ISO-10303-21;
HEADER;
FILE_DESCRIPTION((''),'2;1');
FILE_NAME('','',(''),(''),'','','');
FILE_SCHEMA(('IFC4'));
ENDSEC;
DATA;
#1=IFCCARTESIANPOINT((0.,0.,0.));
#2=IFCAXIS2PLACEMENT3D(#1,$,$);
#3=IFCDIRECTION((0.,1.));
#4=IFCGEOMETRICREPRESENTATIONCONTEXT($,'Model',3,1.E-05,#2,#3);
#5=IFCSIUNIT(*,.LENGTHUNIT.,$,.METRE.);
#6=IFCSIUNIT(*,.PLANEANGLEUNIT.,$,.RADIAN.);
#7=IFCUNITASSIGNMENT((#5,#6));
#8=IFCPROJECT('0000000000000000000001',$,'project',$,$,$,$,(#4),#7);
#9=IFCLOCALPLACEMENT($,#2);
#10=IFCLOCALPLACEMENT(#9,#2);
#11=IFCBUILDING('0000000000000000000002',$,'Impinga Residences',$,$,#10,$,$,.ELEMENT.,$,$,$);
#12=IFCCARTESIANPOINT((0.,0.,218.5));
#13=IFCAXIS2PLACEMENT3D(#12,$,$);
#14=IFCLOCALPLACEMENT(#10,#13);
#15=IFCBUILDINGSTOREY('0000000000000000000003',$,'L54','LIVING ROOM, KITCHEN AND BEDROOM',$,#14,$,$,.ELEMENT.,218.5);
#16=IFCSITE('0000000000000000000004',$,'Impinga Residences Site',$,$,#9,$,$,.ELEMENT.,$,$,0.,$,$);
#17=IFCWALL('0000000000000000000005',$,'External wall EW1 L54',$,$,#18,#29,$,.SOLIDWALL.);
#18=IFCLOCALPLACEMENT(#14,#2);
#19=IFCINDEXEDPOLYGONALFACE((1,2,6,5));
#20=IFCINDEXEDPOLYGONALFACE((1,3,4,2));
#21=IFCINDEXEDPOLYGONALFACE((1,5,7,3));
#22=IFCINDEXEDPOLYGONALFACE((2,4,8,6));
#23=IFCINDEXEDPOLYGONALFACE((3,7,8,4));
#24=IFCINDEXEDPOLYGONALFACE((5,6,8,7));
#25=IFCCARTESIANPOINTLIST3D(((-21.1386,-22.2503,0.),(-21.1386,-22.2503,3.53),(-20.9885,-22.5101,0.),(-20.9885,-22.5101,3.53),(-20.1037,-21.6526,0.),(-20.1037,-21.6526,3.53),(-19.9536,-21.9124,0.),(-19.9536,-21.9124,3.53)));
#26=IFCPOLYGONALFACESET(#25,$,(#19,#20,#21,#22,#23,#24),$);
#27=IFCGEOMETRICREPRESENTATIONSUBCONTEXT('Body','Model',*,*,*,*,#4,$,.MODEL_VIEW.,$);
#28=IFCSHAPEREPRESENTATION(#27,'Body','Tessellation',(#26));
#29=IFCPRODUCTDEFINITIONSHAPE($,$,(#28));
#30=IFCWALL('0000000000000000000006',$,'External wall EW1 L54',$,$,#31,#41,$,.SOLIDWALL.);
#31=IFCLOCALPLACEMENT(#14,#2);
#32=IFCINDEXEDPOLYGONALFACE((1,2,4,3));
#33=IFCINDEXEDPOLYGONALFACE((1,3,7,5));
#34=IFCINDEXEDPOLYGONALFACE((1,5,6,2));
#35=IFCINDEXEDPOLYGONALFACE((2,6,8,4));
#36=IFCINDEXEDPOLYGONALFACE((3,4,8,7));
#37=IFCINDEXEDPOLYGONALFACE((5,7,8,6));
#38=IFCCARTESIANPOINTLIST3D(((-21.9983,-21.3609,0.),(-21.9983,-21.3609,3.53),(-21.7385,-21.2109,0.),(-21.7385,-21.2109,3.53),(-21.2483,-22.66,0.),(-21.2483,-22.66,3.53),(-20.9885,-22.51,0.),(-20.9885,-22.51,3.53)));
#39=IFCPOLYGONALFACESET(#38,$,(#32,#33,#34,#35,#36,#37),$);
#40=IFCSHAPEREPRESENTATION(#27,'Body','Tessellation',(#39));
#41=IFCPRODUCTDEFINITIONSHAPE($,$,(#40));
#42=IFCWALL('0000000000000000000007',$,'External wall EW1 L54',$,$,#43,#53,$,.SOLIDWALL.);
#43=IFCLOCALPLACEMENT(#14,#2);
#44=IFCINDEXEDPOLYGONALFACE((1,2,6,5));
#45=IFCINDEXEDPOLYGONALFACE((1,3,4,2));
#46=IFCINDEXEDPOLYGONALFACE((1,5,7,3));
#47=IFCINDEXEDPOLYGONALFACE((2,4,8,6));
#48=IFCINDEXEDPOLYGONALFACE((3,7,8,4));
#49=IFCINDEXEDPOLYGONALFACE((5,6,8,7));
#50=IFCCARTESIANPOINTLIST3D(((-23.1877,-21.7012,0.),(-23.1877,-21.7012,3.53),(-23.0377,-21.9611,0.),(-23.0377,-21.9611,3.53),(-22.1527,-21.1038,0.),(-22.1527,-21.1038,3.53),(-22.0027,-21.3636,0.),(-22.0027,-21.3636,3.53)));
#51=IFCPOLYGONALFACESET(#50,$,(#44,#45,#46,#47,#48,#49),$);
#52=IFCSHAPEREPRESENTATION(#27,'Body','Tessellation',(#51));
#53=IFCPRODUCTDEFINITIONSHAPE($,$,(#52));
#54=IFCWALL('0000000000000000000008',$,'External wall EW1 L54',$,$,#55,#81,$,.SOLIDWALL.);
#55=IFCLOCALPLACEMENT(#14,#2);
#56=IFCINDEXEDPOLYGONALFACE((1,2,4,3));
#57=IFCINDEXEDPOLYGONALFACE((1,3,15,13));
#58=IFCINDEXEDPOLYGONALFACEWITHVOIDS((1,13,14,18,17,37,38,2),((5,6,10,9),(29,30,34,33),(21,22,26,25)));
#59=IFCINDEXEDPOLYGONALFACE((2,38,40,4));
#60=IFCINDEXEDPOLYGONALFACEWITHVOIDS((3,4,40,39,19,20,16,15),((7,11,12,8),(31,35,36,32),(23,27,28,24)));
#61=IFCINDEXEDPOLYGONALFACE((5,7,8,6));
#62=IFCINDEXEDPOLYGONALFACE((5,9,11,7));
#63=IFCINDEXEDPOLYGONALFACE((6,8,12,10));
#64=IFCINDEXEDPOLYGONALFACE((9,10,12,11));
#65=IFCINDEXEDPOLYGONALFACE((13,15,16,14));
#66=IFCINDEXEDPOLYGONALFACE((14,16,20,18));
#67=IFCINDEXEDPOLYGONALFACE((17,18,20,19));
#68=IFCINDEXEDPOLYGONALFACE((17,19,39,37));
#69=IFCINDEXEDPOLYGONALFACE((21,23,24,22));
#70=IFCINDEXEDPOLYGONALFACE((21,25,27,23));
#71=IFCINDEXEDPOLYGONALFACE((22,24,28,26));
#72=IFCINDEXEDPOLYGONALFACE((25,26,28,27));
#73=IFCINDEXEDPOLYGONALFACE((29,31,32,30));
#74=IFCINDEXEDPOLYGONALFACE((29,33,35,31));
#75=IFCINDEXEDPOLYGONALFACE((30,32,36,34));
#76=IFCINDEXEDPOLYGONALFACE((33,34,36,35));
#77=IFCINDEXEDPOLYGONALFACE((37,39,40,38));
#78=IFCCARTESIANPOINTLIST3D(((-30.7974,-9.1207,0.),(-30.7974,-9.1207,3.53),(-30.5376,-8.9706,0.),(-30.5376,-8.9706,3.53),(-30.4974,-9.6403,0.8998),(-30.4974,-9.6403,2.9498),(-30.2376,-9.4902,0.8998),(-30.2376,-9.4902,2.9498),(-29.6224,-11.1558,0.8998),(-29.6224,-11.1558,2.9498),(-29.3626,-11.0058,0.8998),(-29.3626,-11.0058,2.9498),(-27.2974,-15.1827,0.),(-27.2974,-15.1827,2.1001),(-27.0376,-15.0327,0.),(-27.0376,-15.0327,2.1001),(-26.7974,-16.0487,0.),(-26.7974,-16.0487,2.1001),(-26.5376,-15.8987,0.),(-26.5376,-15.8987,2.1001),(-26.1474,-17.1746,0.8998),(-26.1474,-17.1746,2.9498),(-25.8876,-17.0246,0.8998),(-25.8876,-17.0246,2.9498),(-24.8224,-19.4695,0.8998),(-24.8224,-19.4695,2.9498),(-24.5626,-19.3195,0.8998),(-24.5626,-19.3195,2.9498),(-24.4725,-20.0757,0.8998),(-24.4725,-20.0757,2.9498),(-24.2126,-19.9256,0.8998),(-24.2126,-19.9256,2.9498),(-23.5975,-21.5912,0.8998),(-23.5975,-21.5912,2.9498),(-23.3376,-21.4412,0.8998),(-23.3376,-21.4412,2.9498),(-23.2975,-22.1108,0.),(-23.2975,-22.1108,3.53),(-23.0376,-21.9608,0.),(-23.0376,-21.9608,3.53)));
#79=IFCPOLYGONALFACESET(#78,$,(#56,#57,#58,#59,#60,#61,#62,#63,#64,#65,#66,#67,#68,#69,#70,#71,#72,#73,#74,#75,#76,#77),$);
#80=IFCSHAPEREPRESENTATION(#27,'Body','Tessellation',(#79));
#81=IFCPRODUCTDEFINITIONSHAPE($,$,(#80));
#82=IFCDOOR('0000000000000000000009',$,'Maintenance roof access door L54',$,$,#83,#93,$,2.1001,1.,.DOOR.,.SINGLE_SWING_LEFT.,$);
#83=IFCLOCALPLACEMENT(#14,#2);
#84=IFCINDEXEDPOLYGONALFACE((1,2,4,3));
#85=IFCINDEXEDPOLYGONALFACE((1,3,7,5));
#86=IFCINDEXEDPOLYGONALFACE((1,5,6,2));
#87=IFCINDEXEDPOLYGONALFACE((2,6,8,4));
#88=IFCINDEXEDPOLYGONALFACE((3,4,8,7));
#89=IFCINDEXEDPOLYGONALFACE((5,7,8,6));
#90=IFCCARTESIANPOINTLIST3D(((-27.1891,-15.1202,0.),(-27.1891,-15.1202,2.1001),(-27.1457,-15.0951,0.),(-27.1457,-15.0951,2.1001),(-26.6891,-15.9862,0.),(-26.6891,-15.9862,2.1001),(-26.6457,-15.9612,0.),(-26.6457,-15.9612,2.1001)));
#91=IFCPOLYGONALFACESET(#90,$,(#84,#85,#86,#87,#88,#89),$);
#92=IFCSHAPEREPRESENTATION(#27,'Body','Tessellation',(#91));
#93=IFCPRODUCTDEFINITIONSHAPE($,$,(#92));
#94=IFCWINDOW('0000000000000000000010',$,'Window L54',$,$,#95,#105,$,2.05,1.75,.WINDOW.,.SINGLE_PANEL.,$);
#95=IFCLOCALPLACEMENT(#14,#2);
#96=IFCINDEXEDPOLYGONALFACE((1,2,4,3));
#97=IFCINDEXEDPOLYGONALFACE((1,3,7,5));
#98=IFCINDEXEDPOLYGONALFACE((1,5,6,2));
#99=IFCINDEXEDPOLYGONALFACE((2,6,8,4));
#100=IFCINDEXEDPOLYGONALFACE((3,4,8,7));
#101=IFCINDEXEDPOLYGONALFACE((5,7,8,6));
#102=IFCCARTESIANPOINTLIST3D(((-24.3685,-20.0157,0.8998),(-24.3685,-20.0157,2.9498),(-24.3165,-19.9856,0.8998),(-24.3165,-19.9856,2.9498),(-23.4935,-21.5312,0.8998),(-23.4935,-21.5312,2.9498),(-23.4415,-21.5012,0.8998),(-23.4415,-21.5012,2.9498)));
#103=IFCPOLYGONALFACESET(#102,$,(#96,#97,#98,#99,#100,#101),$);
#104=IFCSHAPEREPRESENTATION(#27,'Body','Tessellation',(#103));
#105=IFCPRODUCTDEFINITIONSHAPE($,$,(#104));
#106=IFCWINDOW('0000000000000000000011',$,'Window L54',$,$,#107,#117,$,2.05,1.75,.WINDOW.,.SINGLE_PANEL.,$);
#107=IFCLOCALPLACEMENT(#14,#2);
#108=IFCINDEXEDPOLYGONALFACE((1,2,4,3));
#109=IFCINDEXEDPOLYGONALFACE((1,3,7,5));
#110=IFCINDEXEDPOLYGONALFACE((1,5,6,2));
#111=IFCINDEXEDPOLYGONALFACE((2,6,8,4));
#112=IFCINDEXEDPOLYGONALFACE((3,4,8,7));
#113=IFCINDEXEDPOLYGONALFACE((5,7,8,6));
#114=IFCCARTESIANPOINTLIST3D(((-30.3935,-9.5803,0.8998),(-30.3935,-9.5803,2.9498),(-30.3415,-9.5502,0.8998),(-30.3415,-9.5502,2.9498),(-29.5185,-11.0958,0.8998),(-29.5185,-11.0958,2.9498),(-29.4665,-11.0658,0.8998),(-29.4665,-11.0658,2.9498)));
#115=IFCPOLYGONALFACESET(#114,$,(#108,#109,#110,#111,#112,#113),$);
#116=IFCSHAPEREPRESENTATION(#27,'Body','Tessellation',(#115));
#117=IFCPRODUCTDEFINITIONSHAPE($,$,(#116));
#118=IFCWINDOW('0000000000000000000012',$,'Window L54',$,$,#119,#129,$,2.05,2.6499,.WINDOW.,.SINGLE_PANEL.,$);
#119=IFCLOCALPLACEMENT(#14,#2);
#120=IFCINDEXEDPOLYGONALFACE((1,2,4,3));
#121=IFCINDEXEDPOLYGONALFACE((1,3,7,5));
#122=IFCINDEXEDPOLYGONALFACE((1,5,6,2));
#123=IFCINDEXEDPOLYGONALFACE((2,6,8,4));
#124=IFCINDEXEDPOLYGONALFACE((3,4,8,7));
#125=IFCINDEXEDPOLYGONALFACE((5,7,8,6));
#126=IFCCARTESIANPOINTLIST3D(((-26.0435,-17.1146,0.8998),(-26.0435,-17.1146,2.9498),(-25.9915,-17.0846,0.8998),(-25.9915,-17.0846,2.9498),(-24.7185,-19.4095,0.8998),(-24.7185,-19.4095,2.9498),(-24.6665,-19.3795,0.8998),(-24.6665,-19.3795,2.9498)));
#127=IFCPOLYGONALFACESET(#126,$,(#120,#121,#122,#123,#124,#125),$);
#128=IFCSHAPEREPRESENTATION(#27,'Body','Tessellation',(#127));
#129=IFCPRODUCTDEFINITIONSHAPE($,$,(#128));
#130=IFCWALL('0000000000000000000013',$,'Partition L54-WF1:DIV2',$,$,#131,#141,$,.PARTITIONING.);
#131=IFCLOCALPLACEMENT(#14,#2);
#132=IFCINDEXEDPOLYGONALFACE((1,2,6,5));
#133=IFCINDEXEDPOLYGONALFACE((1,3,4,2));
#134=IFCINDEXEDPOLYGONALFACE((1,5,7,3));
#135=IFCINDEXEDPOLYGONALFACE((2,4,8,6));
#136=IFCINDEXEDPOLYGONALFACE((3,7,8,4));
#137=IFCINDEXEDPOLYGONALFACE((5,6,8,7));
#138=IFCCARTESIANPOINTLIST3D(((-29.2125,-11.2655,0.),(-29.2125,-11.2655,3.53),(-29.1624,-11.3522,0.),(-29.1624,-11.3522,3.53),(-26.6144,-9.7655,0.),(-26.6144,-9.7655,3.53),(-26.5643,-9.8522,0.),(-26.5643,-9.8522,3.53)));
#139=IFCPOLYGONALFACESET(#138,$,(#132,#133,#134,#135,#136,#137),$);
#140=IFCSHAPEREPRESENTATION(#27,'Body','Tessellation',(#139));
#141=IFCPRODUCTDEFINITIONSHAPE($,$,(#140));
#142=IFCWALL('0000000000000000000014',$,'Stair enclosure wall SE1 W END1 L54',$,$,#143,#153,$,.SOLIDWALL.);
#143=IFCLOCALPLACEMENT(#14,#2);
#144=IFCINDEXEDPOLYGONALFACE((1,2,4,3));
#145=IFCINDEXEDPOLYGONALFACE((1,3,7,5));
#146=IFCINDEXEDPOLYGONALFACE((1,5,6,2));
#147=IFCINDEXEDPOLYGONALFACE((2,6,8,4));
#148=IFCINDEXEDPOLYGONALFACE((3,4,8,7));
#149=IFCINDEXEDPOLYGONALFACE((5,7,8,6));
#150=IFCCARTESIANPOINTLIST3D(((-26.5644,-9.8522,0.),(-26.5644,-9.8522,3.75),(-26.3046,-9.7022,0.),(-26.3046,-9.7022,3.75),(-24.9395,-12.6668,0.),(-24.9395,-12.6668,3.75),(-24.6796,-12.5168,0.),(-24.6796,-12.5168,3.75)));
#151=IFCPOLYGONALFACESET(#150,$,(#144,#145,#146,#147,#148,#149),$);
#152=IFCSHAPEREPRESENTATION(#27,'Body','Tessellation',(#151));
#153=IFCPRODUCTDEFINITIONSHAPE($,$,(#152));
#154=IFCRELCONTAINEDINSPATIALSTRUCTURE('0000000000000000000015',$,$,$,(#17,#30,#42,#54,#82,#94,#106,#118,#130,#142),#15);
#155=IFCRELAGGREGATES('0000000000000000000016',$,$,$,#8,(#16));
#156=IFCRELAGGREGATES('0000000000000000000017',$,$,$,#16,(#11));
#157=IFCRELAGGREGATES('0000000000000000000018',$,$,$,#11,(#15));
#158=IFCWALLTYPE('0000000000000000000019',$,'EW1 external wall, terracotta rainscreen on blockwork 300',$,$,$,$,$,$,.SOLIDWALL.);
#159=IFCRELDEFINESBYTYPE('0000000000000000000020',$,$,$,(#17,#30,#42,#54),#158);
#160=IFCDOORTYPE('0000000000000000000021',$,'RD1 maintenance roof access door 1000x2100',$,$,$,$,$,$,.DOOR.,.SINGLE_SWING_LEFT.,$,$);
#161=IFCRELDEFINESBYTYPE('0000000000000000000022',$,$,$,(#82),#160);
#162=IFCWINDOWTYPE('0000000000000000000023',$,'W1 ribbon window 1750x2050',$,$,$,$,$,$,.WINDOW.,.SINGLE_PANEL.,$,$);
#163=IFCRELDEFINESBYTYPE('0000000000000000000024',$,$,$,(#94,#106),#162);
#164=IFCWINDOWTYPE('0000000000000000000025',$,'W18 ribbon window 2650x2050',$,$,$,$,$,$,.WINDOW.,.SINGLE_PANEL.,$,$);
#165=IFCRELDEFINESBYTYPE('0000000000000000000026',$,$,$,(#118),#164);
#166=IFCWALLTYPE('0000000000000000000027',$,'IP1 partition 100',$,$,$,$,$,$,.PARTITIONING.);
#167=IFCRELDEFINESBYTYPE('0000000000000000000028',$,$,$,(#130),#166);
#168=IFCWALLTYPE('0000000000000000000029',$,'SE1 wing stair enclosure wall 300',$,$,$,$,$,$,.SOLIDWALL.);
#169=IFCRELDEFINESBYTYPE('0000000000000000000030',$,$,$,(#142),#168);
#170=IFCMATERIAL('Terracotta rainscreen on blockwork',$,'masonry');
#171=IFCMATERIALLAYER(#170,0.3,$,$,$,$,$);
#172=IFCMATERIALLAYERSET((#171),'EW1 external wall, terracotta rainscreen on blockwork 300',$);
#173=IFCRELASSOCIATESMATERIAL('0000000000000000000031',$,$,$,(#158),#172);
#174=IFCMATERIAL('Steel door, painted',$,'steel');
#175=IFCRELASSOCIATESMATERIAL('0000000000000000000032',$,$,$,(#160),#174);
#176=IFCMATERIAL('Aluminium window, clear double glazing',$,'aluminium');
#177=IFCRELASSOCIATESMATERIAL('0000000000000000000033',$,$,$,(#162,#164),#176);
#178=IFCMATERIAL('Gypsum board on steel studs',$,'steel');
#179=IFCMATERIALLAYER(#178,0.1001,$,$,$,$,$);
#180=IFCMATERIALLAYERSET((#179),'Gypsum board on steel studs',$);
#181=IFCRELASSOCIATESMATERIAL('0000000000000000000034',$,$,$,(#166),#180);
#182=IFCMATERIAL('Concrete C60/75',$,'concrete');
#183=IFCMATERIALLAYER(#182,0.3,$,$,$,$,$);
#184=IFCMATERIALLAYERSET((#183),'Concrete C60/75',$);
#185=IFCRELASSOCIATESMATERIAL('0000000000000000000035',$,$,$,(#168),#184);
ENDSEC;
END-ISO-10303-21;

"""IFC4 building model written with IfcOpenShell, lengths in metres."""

from ifc_helpers import new_model, si_unit, direction, frame, frame_2d, origin, place, context, subcontext, project, spatial, rectangle, extrude, material, layer, layer_set, type_object, element, fill, save


model = new_model("IFC4")

# Units and contexts
model_context = context("Model", 3, precision=1e-05, world=origin(), true_north=direction((0.0, 1.0)))
body_context = subcontext(model_context, "Body", "Model", "MODEL_VIEW")
ifc_project = project(units=[si_unit("LENGTHUNIT", "METRE"), si_unit("PLANEANGLEUNIT", "RADIAN")], contexts=[model_context])

# Site, building, storey
site_placement = place(None, origin())
site = spatial("IfcSite", under=ifc_project, at=site_placement, Name="Impinga Residences Site", CompositionType="ELEMENT", RefElevation=0.0)
building_placement = place(site_placement, origin())
building = spatial("IfcBuilding", under=site, at=building_placement, Name="Impinga Residences", CompositionType="ELEMENT")
storey_placement = place(building_placement, frame((0.0, 0.0, 218.5)))
storey = spatial("IfcBuildingStorey", under=building, at=storey_placement, Name="L54", Description="LIVING ROOM, KITCHEN AND BEDROOM", CompositionType="ELEMENT", Elevation=218.5)

# Shared definitions
ifc_material_1 = material(Name="Concrete C60/75", Category="concrete")

# Walls
ifc_material_2 = material(Name="Terracotta rainscreen on blockwork", Category="masonry")
ifc_layer_1 = layer(ifc_material_2, 0.3)
ifc_layer_set_1 = layer_set([ifc_layer_1], Name="EW1 external wall, terracotta rainscreen on blockwork 300")
wall_type_1 = type_object("IfcWallType", Name="EW1 external wall, terracotta rainscreen on blockwork 300", PredefinedType="SOLIDWALL", material=ifc_layer_set_1)
wall_1_placement = place(storey_placement, frame((-20.0286, -21.7825, 0.0), z_axis=(0.0, 0.0, 1.0), x_axis=(-0.865971, -0.500094, 0.0)))
element("IfcWall", 1, at=wall_1_placement, inside=storey, type_object=wall_type_1, Name="External wall EW1 L54", PredefinedType="SOLIDWALL", context=body_context, shape_type="SweptSolid", body=[
    extrude(rectangle(XDim=1.1951, YDim=0.3, at=frame_2d((0.5977, 0.0))), origin(), (0.0, 0.0, 1.0), 3.53),
])
wall_2_placement = place(storey_placement, frame((-21.1184, -22.585, 0.0), z_axis=(0.0, 0.0, 1.0), x_axis=(-0.49999, 0.866031, 0.0)))
element("IfcWall", 2, at=wall_2_placement, inside=storey, type_object=wall_type_1, Name="External wall EW1 L54", PredefinedType="SOLIDWALL", context=body_context, shape_type="SweptSolid", body=[
    extrude(rectangle(XDim=1.5, YDim=0.3, at=frame_2d((0.75, 0.0))), origin(), (0.0, 0.0, 1.0), 3.53),
])
wall_3_placement = place(storey_placement, frame((-22.0776, -21.2336, 0.0), z_axis=(0.0, 0.0, 1.0), x_axis=(-0.86606, -0.499941, 0.0)))
element("IfcWall", 3, at=wall_3_placement, inside=storey, type_object=wall_type_1, Name="External wall EW1 L54", PredefinedType="SOLIDWALL", context=body_context, shape_type="SweptSolid", body=[
    extrude(rectangle(XDim=1.1951, YDim=0.3, at=frame_2d((0.5977, 0.0))), origin(), (0.0, 0.0, 1.0), 3.53),
])

# Wall, openings, door, windows
wall_4_placement = place(storey_placement, frame((-23.1675, -22.0359, 0.0), z_axis=(0.0, 0.0, 1.0), x_axis=(-0.500004, 0.866023, 0.0)))
wall_4 = element("IfcWall", 4, at=wall_4_placement, inside=storey, type_object=wall_type_1, Name="External wall EW1 L54", PredefinedType="SOLIDWALL", context=body_context, shape_type="SweptSolid", body=[
    extrude(rectangle(XDim=14.9998, YDim=0.3, at=frame_2d((7.5, 0.0))), origin(), (0.0, 0.0, 1.0), 3.53),
])
opening_1_placement = place(wall_4_placement, frame((7.0, 0.0, 0.0)))
opening_1 = element("IfcOpeningElement", 5, at=opening_1_placement, cuts=wall_4, PredefinedType="OPENING", context=body_context, shape_type="SweptSolid", body=[
    extrude(rectangle(XDim=1.0, YDim=2.1001, at=frame_2d((0.5, 1.05))), frame((0.0, 0.1599, 0.0), z_axis=(0.0, -1.0, 0.0), x_axis=(1.0, 0.0, 0.0)), (0.0, 0.0, 1.0), 0.3201),
])
opening_2_placement = place(wall_4_placement, frame((0.6001, 0.0, 0.8999)))
opening_2 = element("IfcOpeningElement", 6, at=opening_2_placement, cuts=wall_4, PredefinedType="OPENING", context=body_context, shape_type="SweptSolid", body=[
    extrude(rectangle(XDim=1.75, YDim=2.05, at=frame_2d((0.875, 1.0249))), frame((0.0, 0.1599, 0.0), z_axis=(0.0, -1.0, 0.0), x_axis=(1.0, 0.0, 0.0)), (0.0, 0.0, 1.0), 0.3201),
])
opening_3_placement = place(wall_4_placement, frame((3.05, 0.0, 0.8999)))
opening_3 = element("IfcOpeningElement", 7, at=opening_3_placement, cuts=wall_4, PredefinedType="OPENING", context=body_context, shape_type="SweptSolid", body=[
    extrude(rectangle(XDim=2.6499, YDim=2.05, at=frame_2d((1.325, 1.0249))), frame((0.0, 0.1599, 0.0), z_axis=(0.0, -1.0, 0.0), x_axis=(1.0, 0.0, 0.0)), (0.0, 0.0, 1.0), 0.3201),
])
opening_4_placement = place(wall_4_placement, frame((12.6499, 0.0, 0.8999)))
opening_4 = element("IfcOpeningElement", 8, at=opening_4_placement, cuts=wall_4, PredefinedType="OPENING", context=body_context, shape_type="SweptSolid", body=[
    extrude(rectangle(XDim=1.75, YDim=2.05, at=frame_2d((0.875, 1.0249))), frame((0.0, 0.1599, 0.0), z_axis=(0.0, -1.0, 0.0), x_axis=(1.0, 0.0, 0.0)), (0.0, 0.0, 1.0), 0.3201),
])
ifc_material_3 = material(Name="Steel door, painted", Category="steel")
door_type_1 = type_object("IfcDoorType", Name="RD1 maintenance roof access door 1000x2100", OperationType="SINGLE_SWING_LEFT", PredefinedType="DOOR", material=ifc_material_3)
door_1_placement = place(opening_1_placement, origin())
door_1 = element("IfcDoor", 9, at=door_1_placement, inside=storey, type_object=door_type_1, Name="Maintenance roof access door L54", OperationType="SINGLE_SWING_LEFT", OverallHeight=2.1001, OverallWidth=1.0, PredefinedType="DOOR", context=body_context, shape_type="SweptSolid", body=[
    extrude(rectangle(XDim=1.0, YDim=2.1001, at=frame_2d((0.5, 1.05))), frame((0.0, 0.0249, 0.0), z_axis=(0.0, -1.0, 0.0), x_axis=(1.0, 0.0, 0.0)), (0.0, 0.0, 1.0), 0.05),
])
fill(opening_1, door_1)
ifc_material_4 = material(Name="Aluminium window, clear double glazing", Category="aluminium")
window_type_1 = type_object("IfcWindowType", Name="W1 ribbon window 1750x2050", PartitioningType="SINGLE_PANEL", PredefinedType="WINDOW", material=ifc_material_4)
window_1_placement = place(opening_2_placement, origin())
window_1 = element("IfcWindow", 10, at=window_1_placement, inside=storey, type_object=window_type_1, Name="Window L54", OverallHeight=2.05, OverallWidth=1.75, PartitioningType="SINGLE_PANEL", PredefinedType="WINDOW", context=body_context, shape_type="SweptSolid", body=[
    extrude(rectangle(XDim=1.75, YDim=2.05, at=frame_2d((0.875, 1.0249))), frame((0.0, 0.03, 0.0), z_axis=(0.0, -1.0, 0.0), x_axis=(1.0, 0.0, 0.0)), (0.0, 0.0, 1.0), 0.0601),
])
fill(opening_2, window_1)
window_2_placement = place(opening_4_placement, origin())
window_2 = element("IfcWindow", 11, at=window_2_placement, inside=storey, type_object=window_type_1, Name="Window L54", OverallHeight=2.05, OverallWidth=1.75, PartitioningType="SINGLE_PANEL", PredefinedType="WINDOW", context=body_context, shape_type="SweptSolid", body=[
    extrude(rectangle(XDim=1.75, YDim=2.05, at=frame_2d((0.875, 1.0249))), frame((0.0, 0.03, 0.0), z_axis=(0.0, -1.0, 0.0), x_axis=(1.0, 0.0, 0.0)), (0.0, 0.0, 1.0), 0.0601),
])
fill(opening_4, window_2)
window_type_2 = type_object("IfcWindowType", Name="W18 ribbon window 2650x2050", PartitioningType="SINGLE_PANEL", PredefinedType="WINDOW", material=ifc_material_4)
window_3_placement = place(opening_3_placement, origin())
window_3 = element("IfcWindow", 12, at=window_3_placement, inside=storey, type_object=window_type_2, Name="Window L54", OverallHeight=2.05, OverallWidth=2.6499, PartitioningType="SINGLE_PANEL", PredefinedType="WINDOW", context=body_context, shape_type="SweptSolid", body=[
    extrude(rectangle(XDim=2.6499, YDim=2.05, at=frame_2d((1.325, 1.0249))), frame((0.0, 0.03, 0.0), z_axis=(0.0, -1.0, 0.0), x_axis=(1.0, 0.0, 0.0)), (0.0, 0.0, 1.0), 0.0601),
])
fill(opening_3, window_3)

# Walls
ifc_material_5 = material(Name="Gypsum board on steel studs", Category="steel")
ifc_layer_2 = layer(ifc_material_5, 0.1001)
ifc_layer_set_2 = layer_set([ifc_layer_2], Name="Gypsum board on steel studs")
wall_type_2 = type_object("IfcWallType", Name="IP1 partition 100", PredefinedType="PARTITIONING", material=ifc_layer_set_2)
wall_5_placement = place(storey_placement, frame((-26.5894, -9.8088, 0.0), z_axis=(0.0, 0.0, 1.0), x_axis=(-0.866031, -0.49999, 0.0)))
element("IfcWall", 13, at=wall_5_placement, inside=storey, type_object=wall_type_2, Name="Partition L54-WF1:DIV2", PredefinedType="PARTITIONING", context=body_context, shape_type="SweptSolid", body=[
    extrude(rectangle(XDim=3.0, YDim=0.1001, at=frame_2d((1.5, 0.0))), origin(), (0.0, 0.0, 1.0), 3.53),
])
ifc_layer_3 = layer(ifc_material_1, 0.3)
ifc_layer_set_3 = layer_set([ifc_layer_3], Name="Concrete C60/75")
wall_type_3 = type_object("IfcWallType", Name="SE1 wing stair enclosure wall 300", PredefinedType="SOLIDWALL", material=ifc_layer_set_3)
wall_6_placement = place(storey_placement, frame((-24.8096, -12.5918, 0.0), z_axis=(0.0, 0.0, 1.0), x_axis=(-0.499985, 0.866034, 0.0)))
element("IfcWall", 14, at=wall_6_placement, inside=storey, type_object=wall_type_3, Name="Stair enclosure wall SE1 W END1 L54", PredefinedType="SOLIDWALL", context=body_context, shape_type="SweptSolid", body=[
    extrude(rectangle(XDim=3.25, YDim=0.3, at=frame_2d((1.625, 0.0))), origin(), (0.0, 0.0, 1.0), 3.75),
])

save(model, "model.ifc")
